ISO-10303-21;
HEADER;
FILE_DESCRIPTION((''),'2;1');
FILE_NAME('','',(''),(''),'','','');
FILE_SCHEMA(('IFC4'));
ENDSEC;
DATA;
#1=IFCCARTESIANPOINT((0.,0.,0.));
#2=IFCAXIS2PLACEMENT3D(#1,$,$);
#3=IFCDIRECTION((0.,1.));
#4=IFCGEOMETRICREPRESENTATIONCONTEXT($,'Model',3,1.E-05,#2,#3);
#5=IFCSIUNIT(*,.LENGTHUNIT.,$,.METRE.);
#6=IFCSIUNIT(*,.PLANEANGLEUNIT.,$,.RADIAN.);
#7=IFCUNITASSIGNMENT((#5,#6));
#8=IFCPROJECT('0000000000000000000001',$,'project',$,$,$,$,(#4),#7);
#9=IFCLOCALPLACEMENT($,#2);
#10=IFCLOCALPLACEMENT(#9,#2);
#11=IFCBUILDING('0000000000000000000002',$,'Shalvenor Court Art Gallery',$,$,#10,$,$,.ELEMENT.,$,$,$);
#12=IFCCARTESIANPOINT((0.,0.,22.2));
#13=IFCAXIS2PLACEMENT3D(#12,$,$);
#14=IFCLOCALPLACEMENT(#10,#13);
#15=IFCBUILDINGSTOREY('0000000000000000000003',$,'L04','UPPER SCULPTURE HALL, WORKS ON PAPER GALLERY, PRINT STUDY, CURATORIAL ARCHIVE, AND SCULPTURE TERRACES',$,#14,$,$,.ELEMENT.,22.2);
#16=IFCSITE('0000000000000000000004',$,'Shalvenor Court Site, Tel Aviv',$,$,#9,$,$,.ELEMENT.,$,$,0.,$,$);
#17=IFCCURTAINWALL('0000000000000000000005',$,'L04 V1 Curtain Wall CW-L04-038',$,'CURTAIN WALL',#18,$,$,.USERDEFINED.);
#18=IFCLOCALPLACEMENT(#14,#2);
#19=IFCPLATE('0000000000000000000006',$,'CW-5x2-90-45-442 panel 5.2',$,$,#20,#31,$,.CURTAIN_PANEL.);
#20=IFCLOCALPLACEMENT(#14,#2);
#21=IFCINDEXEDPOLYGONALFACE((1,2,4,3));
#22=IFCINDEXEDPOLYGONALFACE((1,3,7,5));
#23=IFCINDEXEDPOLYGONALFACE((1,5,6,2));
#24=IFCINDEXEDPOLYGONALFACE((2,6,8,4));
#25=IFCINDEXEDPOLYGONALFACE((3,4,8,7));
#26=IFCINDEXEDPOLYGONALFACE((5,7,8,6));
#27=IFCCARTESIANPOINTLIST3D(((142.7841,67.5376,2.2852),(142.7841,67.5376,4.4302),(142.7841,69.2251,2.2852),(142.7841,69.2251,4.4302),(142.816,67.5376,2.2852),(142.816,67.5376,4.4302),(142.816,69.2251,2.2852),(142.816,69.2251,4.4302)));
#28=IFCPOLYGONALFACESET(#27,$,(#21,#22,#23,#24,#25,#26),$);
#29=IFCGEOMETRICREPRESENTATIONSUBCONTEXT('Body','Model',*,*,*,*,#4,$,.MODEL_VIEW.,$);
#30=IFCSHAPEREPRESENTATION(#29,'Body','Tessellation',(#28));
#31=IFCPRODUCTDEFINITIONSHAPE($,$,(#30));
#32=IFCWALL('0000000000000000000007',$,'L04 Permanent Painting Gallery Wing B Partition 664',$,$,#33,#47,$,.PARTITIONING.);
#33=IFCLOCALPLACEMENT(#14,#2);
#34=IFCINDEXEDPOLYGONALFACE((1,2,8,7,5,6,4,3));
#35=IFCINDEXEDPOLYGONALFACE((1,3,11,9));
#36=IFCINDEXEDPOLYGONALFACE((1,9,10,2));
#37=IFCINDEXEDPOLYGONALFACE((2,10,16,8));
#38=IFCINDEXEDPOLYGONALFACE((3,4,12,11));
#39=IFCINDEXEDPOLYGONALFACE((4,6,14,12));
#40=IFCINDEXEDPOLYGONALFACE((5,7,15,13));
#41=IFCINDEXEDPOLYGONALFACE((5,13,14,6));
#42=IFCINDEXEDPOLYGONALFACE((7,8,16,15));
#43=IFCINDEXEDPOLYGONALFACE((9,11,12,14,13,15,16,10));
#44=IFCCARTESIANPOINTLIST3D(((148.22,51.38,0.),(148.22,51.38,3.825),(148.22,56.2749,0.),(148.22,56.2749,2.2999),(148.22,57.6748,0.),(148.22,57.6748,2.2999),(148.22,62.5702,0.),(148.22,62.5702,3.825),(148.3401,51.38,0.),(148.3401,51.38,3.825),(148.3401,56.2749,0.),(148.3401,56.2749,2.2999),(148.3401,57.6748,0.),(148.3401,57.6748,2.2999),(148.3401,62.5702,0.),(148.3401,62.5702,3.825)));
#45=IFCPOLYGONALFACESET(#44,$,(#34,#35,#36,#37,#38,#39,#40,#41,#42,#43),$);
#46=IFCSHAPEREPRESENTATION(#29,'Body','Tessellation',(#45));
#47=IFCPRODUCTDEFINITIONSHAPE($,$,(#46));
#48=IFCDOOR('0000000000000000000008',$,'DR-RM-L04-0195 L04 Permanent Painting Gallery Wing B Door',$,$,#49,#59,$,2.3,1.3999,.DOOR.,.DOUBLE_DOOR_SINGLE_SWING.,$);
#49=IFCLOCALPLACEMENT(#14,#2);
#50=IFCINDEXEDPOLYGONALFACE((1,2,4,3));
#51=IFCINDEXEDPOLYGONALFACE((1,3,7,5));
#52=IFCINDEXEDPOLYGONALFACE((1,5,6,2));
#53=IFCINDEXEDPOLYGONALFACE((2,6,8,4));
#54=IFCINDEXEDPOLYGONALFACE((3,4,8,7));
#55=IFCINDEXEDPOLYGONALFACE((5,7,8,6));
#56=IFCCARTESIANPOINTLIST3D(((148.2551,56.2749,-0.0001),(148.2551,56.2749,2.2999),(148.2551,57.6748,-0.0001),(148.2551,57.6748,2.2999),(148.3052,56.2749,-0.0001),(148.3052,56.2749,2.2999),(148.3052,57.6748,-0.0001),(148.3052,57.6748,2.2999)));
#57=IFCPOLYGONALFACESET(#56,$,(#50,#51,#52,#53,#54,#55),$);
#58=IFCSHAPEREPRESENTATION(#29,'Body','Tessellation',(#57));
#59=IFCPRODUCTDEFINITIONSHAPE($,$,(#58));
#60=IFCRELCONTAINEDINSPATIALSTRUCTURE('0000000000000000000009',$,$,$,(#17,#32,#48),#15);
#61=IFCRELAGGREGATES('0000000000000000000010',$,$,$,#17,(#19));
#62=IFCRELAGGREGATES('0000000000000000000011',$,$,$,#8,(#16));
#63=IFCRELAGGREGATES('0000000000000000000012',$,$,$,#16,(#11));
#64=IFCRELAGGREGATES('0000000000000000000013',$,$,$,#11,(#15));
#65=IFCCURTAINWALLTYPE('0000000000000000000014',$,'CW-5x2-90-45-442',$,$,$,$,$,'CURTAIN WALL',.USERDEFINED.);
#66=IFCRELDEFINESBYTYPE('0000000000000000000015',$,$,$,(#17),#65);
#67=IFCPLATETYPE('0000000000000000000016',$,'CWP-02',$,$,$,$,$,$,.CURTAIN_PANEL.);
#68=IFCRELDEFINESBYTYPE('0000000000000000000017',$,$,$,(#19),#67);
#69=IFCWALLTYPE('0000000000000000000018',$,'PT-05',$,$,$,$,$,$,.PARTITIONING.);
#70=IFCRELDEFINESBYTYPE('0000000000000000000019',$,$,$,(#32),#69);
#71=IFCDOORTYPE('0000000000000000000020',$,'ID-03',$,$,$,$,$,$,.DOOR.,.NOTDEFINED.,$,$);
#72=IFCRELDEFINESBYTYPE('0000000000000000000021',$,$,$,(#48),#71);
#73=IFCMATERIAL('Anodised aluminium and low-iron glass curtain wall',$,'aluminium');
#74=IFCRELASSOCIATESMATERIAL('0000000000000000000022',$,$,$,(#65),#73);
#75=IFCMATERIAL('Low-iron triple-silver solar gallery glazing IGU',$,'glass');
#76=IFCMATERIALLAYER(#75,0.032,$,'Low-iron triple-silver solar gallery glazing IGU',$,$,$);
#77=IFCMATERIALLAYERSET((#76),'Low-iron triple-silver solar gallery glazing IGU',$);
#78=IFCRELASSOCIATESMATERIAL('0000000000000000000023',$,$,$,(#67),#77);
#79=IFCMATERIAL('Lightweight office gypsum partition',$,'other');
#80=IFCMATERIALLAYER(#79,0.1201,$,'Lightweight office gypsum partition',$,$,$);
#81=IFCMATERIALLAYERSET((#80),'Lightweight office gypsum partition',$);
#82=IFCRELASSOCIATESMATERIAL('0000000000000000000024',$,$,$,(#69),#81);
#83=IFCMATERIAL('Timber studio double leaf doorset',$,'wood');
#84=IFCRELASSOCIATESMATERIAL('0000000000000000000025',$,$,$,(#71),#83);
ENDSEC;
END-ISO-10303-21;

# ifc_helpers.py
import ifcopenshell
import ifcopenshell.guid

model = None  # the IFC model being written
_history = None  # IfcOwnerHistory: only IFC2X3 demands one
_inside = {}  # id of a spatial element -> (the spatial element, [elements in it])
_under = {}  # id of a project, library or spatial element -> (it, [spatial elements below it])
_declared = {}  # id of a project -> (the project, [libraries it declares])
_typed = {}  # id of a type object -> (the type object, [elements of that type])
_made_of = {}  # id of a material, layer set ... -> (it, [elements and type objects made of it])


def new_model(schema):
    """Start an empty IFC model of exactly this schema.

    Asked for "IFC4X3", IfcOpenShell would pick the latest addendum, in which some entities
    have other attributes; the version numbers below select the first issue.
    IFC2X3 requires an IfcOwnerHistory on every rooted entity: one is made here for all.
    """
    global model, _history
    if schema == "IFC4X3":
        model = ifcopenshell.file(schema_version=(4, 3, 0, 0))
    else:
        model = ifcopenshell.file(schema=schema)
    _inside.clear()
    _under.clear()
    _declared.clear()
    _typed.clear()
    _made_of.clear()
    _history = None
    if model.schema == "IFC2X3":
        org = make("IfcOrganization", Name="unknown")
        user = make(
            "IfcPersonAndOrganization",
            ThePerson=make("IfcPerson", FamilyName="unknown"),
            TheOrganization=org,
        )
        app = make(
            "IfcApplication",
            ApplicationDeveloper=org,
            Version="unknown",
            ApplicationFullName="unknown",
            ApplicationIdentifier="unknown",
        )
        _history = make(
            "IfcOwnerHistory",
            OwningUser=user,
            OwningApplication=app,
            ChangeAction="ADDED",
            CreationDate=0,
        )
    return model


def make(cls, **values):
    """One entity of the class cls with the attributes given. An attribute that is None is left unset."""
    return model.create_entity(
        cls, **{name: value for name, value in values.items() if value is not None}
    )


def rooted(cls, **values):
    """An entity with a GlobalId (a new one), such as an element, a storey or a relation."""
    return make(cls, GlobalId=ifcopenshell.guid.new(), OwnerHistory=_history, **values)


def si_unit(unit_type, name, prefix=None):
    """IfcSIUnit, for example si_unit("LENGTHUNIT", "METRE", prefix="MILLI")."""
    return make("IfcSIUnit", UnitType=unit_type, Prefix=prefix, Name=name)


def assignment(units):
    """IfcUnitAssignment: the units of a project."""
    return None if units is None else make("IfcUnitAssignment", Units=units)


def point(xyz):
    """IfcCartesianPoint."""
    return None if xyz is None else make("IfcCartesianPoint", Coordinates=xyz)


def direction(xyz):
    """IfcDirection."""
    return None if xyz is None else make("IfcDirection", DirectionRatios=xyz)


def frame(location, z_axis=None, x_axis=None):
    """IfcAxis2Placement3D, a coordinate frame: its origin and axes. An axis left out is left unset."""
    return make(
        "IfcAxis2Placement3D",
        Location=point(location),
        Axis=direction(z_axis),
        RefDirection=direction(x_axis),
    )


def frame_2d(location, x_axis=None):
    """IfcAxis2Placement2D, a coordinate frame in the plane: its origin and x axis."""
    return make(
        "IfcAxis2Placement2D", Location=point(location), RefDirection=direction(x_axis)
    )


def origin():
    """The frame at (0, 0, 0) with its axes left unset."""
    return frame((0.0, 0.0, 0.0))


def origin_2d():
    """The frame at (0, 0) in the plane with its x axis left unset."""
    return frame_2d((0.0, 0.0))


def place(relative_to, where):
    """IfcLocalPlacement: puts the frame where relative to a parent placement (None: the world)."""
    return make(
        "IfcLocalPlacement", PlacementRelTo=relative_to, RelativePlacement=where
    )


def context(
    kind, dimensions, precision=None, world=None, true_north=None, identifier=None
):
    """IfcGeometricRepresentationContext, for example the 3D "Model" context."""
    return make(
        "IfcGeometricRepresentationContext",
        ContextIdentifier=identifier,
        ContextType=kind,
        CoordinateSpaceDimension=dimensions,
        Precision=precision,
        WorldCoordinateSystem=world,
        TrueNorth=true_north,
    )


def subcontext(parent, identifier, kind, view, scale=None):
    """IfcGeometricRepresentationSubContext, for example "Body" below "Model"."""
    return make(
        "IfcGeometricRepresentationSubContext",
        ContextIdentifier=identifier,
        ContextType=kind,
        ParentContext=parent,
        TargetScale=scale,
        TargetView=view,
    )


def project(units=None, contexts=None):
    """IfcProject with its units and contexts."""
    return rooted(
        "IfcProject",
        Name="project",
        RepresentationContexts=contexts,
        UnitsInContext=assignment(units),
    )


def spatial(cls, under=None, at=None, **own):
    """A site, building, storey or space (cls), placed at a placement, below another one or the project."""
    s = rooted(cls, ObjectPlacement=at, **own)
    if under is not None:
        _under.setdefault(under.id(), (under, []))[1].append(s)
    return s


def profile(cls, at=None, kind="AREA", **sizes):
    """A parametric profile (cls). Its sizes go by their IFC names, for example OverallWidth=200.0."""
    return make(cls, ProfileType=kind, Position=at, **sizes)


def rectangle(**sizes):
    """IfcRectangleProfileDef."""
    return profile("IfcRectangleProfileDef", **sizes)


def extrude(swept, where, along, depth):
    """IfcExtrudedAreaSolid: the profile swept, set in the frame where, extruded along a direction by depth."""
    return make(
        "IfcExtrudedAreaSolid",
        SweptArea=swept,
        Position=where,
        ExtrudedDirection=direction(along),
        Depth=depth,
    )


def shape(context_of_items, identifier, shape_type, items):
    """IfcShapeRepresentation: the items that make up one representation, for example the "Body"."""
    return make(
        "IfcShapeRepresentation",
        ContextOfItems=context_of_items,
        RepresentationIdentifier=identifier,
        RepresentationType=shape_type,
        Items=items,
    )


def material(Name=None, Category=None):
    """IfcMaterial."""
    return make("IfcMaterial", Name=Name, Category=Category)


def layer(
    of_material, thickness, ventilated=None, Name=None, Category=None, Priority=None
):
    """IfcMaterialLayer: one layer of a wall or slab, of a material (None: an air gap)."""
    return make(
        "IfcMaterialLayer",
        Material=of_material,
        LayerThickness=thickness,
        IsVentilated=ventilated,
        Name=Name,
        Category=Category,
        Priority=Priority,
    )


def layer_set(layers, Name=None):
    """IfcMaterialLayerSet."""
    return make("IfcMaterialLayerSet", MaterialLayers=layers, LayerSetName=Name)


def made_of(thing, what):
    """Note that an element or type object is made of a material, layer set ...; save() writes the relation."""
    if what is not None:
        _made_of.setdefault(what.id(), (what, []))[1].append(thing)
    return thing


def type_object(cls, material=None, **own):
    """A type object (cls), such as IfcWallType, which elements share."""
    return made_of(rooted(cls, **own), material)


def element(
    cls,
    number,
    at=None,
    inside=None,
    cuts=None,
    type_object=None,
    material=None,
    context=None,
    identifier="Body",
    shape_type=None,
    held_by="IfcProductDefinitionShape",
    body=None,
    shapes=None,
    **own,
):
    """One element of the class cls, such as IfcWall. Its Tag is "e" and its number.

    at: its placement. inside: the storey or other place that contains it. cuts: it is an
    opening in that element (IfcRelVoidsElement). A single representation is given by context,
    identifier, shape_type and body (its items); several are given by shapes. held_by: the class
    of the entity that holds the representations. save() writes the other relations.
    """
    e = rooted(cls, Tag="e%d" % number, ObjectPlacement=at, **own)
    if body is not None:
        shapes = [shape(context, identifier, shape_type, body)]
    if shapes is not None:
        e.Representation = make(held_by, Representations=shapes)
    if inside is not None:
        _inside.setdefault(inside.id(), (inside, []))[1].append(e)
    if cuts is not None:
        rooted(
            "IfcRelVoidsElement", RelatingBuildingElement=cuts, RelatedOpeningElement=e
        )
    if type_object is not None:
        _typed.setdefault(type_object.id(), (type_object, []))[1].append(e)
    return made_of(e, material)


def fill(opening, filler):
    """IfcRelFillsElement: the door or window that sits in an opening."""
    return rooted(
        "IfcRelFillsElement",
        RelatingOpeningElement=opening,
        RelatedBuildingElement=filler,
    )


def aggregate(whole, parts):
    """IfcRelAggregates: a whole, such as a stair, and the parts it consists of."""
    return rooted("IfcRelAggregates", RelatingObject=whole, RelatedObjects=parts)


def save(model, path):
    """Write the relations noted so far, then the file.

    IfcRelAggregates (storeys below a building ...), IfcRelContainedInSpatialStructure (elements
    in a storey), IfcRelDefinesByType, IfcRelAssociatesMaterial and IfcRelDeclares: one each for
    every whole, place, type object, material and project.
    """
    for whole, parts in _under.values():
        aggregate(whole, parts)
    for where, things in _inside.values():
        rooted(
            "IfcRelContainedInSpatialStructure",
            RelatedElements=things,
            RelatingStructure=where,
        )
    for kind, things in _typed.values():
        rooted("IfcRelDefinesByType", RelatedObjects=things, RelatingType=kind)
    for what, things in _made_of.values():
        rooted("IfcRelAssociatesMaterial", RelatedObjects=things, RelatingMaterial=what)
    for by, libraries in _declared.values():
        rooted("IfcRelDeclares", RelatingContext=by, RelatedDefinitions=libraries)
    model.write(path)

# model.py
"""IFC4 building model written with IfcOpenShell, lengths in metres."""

from ifc_helpers import new_model, si_unit, direction, frame, frame_2d, origin, origin_2d, place, context, subcontext, project, spatial, rectangle, extrude, material, layer, layer_set, type_object, element, fill, aggregate, save


model = new_model("IFC4")

# Units and contexts
model_context = context("Model", 3, precision=1e-05, world=origin(), true_north=direction((0.0, 1.0)))
body_context = subcontext(model_context, "Body", "Model", "MODEL_VIEW")
ifc_project = project(units=[si_unit("LENGTHUNIT", "METRE"), si_unit("PLANEANGLEUNIT", "RADIAN")], contexts=[model_context])

# Site, building, storey
site_placement = place(None, origin())
site = spatial("IfcSite", under=ifc_project, at=site_placement, Name="Shalvenor Court Site, Tel Aviv", CompositionType="ELEMENT", RefElevation=0.0)
building_placement = place(site_placement, origin())
building = spatial("IfcBuilding", under=site, at=building_placement, Name="Shalvenor Court Art Gallery", CompositionType="ELEMENT")
storey_placement = place(building_placement, frame((0.0, 0.0, 22.2)))
storey = spatial("IfcBuildingStorey", under=building, at=storey_placement, Name="L04", Description="UPPER SCULPTURE HALL, WORKS ON PAPER GALLERY, PRINT STUDY, CURATORIAL ARCHIVE, AND SCULPTURE TERRACES", CompositionType="ELEMENT", Elevation=22.2)

# Curtain wall
ifc_material_1 = material(Name="Anodised aluminium and low-iron glass curtain wall", Category="aluminium")
curtain_wall_type = type_object("IfcCurtainWallType", Name="CW-5x2-90-45-442", ElementType="CURTAIN WALL", PredefinedType="USERDEFINED", material=ifc_material_1)
curtain_wall_placement = place(storey_placement, origin())
curtain_wall = element("IfcCurtainWall", 1, at=curtain_wall_placement, inside=storey, type_object=curtain_wall_type, Name="L04 V1 Curtain Wall CW-L04-038", ObjectType="CURTAIN WALL", PredefinedType="USERDEFINED")

# Plate
ifc_material_2 = material(Name="Low-iron triple-silver solar gallery glazing IGU", Category="glass")
ifc_layer_1 = layer(ifc_material_2, 0.032, Name="Low-iron triple-silver solar gallery glazing IGU")
ifc_layer_set_1 = layer_set([ifc_layer_1], Name="Low-iron triple-silver solar gallery glazing IGU")
plate_type = type_object("IfcPlateType", Name="CWP-02", PredefinedType="CURTAIN_PANEL", material=ifc_layer_set_1)
plate_1_placement = place(storey_placement, frame((142.8, 68.3813, 2.2852), z_axis=(0.0, 0.0, 1.0), x_axis=(0.0, 1.0, 0.0)))
plate_1 = element("IfcPlate", 2, at=plate_1_placement, type_object=plate_type, Name="CW-5x2-90-45-442 panel 5.2", PredefinedType="CURTAIN_PANEL", context=body_context, shape_type="SweptSolid", body=[
    extrude(rectangle(XDim=1.6875, YDim=0.032, at=origin_2d()), origin(), (0.0, 0.0, 1.0), 2.145),
])
aggregate(curtain_wall, [plate_1])

# Wall, opening, door
ifc_material_3 = material(Name="Lightweight office gypsum partition", Category="other")
ifc_layer_2 = layer(ifc_material_3, 0.1201, Name="Lightweight office gypsum partition")
ifc_layer_set_2 = layer_set([ifc_layer_2], Name="Lightweight office gypsum partition")
wall_type = type_object("IfcWallType", Name="PT-05", PredefinedType="PARTITIONING", material=ifc_layer_set_2)
wall_placement = place(storey_placement, frame((148.28, 51.3799, 0.0), z_axis=(0.0, 0.0, 1.0), x_axis=(0.0, 1.0, 0.0)))
wall = element("IfcWall", 3, at=wall_placement, inside=storey, type_object=wall_type, Name="L04 Permanent Painting Gallery Wing B Partition 664", PredefinedType="PARTITIONING", context=body_context, shape_type="SweptSolid", body=[
    extrude(rectangle(XDim=11.1902, YDim=0.1201, at=frame_2d((5.5952, 0.0))), origin(), (0.0, 0.0, 1.0), 3.825),
])
opening_placement = place(wall_placement, frame((4.895, 0.0, 0.0)))
opening = element("IfcOpeningElement", 4, at=opening_placement, cuts=wall, PredefinedType="OPENING", context=body_context, shape_type="SweptSolid", body=[
    extrude(rectangle(XDim=1.3999, YDim=2.3, at=frame_2d((0.7, 1.1499))), frame((0.0, 0.0701, 0.0), z_axis=(0.0, -1.0, 0.0), x_axis=(1.0, 0.0, 0.0)), (0.0, 0.0, 1.0), 0.1401),
])
ifc_material_4 = material(Name="Timber studio double leaf doorset", Category="wood")
door_type = type_object("IfcDoorType", Name="ID-03", OperationType="NOTDEFINED", PredefinedType="DOOR", material=ifc_material_4)
door_placement = place(opening_placement, origin())
door = element("IfcDoor", 5, at=door_placement, inside=storey, type_object=door_type, Name="DR-RM-L04-0195 L04 Permanent Painting Gallery Wing B Door", OperationType="DOUBLE_DOOR_SINGLE_SWING", OverallHeight=2.3, OverallWidth=1.3999, PredefinedType="DOOR", context=body_context, shape_type="SweptSolid", body=[
    extrude(rectangle(XDim=1.3999, YDim=2.3, at=frame_2d((0.7, 1.1499))), frame((0.0, 0.0249, 0.0), z_axis=(0.0, -1.0, 0.0), x_axis=(1.0, 0.0, 0.0)), (0.0, 0.0, 1.0), 0.05),
])
fill(opening, door)

save(model, "model.ifc")
